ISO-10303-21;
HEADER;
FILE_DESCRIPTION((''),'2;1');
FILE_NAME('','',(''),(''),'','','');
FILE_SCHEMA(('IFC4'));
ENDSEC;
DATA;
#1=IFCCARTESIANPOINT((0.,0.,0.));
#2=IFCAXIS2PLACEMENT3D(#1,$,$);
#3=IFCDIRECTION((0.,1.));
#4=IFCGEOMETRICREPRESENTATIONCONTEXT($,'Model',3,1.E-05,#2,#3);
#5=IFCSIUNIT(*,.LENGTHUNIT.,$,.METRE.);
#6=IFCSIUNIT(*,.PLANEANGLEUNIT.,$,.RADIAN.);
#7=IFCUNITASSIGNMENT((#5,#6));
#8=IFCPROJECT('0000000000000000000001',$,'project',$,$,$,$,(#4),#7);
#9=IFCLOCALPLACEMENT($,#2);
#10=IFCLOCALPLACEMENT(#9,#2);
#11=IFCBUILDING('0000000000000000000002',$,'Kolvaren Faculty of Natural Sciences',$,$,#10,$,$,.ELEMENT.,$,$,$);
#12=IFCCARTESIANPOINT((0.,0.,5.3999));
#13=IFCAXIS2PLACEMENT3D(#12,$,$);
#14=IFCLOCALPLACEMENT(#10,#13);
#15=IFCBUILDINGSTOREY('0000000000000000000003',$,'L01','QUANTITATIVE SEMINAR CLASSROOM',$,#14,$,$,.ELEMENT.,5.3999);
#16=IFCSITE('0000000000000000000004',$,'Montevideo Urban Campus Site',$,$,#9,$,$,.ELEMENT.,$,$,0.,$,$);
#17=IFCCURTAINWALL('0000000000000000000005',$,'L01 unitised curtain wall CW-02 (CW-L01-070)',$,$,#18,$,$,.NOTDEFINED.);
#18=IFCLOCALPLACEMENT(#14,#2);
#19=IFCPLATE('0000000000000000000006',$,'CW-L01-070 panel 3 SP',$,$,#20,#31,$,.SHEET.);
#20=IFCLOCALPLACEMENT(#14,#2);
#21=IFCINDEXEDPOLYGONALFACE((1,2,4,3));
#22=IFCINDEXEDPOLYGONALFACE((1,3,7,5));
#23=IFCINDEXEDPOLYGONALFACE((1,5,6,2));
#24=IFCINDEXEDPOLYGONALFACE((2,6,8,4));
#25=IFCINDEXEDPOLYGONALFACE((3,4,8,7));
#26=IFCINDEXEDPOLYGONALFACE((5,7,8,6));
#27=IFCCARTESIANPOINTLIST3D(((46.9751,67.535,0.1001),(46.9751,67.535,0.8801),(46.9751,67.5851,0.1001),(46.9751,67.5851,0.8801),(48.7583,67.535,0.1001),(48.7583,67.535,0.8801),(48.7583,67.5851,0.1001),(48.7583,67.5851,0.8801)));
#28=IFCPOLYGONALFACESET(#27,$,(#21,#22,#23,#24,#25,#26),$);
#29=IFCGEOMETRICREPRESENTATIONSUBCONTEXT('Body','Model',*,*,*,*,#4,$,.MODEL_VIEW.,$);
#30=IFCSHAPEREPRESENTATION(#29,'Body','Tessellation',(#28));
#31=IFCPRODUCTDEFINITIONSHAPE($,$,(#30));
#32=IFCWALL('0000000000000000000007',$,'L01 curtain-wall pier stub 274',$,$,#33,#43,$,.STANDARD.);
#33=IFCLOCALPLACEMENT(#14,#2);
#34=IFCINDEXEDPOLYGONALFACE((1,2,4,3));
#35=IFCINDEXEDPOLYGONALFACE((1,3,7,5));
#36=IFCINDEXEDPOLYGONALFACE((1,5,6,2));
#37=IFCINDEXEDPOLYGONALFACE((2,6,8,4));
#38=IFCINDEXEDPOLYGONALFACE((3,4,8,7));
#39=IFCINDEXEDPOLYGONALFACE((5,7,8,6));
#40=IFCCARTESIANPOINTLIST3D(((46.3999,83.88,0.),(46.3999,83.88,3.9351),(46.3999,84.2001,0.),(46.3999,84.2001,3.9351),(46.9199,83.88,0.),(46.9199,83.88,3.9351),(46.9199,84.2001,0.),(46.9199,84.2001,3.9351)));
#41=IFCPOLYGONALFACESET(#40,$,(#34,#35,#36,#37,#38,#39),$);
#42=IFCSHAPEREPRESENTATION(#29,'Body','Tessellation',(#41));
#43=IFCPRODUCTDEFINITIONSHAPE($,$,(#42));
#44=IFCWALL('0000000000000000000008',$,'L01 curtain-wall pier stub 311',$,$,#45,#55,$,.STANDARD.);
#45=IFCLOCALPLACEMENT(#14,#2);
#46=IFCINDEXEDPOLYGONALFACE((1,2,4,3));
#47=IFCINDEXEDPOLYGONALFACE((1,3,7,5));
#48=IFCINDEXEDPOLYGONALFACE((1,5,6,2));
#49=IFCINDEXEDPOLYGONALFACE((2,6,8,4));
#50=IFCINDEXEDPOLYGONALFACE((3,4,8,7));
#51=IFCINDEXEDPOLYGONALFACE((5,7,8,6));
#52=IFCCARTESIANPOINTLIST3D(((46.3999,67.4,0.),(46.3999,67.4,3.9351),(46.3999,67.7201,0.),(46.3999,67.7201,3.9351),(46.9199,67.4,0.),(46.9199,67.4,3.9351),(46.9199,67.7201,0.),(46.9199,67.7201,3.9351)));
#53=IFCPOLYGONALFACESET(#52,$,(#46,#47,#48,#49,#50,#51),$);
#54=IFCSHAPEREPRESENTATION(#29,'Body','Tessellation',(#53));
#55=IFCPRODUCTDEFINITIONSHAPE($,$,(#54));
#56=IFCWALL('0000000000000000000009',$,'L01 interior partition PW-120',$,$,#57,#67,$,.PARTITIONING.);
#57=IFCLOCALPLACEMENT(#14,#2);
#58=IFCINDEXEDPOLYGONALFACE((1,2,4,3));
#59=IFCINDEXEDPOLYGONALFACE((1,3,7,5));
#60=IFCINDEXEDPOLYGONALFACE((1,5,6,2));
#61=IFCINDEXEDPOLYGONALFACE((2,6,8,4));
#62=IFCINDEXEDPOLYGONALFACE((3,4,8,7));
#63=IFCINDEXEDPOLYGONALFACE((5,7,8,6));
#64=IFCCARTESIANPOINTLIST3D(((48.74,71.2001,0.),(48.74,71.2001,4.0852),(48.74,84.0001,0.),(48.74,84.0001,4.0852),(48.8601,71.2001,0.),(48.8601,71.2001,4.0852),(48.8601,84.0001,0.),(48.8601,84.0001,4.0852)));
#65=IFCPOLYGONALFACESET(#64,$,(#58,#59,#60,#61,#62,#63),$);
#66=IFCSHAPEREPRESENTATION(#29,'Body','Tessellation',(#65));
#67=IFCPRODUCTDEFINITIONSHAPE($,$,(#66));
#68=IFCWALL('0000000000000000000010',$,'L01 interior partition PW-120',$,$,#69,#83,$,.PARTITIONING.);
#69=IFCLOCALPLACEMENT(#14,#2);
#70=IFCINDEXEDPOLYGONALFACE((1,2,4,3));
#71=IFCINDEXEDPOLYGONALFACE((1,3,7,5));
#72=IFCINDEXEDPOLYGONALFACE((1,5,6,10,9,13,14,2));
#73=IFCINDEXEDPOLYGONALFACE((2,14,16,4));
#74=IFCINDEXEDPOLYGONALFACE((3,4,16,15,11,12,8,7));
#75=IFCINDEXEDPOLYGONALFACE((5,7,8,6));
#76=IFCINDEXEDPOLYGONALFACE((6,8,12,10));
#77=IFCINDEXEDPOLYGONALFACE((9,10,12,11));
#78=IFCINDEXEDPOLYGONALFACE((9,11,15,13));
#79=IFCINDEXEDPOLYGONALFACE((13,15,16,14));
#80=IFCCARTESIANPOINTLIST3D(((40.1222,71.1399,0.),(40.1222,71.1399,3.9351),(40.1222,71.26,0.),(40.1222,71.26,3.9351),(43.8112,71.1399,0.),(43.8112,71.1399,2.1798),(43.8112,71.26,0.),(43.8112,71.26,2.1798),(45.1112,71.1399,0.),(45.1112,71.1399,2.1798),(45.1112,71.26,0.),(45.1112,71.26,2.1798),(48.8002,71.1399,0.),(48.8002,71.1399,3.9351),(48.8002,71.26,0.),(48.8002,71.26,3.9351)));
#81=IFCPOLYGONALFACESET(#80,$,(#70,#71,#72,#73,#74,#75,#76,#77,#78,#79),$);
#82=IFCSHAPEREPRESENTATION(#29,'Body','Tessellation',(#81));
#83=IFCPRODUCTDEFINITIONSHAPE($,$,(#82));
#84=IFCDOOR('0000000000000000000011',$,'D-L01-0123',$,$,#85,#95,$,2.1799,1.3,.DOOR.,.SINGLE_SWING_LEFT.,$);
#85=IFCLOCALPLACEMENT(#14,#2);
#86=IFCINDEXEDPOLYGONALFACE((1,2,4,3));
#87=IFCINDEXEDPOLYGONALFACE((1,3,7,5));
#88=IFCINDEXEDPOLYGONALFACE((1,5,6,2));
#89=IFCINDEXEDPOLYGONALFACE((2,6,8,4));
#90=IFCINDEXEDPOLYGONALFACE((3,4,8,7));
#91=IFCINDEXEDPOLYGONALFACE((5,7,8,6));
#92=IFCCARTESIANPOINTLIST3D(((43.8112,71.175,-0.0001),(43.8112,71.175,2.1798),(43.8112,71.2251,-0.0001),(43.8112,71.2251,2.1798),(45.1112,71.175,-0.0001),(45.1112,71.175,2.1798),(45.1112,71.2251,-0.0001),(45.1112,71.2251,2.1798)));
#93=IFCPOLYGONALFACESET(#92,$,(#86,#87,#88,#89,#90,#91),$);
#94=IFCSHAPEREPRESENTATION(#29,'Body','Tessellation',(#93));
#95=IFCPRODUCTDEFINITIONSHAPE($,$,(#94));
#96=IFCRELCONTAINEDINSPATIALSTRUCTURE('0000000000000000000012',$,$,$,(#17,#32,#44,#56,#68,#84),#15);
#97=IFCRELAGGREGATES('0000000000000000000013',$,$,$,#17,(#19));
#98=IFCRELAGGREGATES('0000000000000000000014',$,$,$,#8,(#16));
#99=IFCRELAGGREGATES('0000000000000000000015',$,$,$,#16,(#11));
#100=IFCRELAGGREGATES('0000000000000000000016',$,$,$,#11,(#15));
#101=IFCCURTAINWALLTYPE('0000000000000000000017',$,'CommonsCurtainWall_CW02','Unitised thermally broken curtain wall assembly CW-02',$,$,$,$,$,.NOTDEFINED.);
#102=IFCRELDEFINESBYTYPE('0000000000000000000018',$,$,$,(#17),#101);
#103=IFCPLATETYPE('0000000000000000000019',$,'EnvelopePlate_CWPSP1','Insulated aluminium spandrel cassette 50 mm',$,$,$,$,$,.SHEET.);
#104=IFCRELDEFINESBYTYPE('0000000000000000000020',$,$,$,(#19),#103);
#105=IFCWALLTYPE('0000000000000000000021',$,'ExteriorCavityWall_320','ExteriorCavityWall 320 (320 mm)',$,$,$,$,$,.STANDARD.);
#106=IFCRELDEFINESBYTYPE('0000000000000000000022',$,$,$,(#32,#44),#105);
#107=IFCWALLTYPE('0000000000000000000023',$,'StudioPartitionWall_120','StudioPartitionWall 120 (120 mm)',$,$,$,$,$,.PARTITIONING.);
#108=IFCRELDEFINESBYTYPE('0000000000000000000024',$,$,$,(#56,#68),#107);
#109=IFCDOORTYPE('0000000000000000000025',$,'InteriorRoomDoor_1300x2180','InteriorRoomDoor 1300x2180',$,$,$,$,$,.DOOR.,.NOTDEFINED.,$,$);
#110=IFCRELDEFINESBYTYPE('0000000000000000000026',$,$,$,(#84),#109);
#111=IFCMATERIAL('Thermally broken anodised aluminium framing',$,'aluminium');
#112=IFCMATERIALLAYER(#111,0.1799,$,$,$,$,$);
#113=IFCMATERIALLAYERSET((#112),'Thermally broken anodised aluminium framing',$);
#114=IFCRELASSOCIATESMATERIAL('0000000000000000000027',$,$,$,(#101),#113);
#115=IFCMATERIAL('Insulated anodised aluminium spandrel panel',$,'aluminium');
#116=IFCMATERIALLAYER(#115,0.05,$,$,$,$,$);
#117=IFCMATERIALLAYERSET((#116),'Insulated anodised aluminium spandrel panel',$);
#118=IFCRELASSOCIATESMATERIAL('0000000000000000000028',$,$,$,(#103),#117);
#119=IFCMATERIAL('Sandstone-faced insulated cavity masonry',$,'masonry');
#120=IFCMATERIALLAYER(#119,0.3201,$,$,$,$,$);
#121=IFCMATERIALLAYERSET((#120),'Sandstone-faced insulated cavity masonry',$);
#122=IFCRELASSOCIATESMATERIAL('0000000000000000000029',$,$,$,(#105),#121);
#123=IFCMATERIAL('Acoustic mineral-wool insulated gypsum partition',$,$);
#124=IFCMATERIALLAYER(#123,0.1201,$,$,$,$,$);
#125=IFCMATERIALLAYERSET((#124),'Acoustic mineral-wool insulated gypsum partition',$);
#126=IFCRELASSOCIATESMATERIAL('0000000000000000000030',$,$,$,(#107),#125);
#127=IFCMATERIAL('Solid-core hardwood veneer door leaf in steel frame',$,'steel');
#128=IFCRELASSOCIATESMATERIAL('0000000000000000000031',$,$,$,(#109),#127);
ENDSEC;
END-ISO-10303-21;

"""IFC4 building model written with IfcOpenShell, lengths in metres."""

from ifc_helpers import new_model, si_unit, direction, frame, frame_2d, origin, origin_2d, place, context, subcontext, project, spatial, rectangle, extrude, material, layer, layer_set, type_object, element, fill, aggregate, save


model = new_model("IFC4")

# Units and contexts
model_context = context("Model", 3, precision=1e-05, world=origin(), true_north=direction((0.0, 1.0)))
body_context = subcontext(model_context, "Body", "Model", "MODEL_VIEW")
ifc_project = project(units=[si_unit("LENGTHUNIT", "METRE"), si_unit("PLANEANGLEUNIT", "RADIAN")], contexts=[model_context])

# Site, building, storey
site_placement = place(None, origin())
site = spatial("IfcSite", under=ifc_project, at=site_placement, Name="Montevideo Urban Campus Site", CompositionType="ELEMENT", RefElevation=0.0)
building_placement = place(site_placement, origin())
building = spatial("IfcBuilding", under=site, at=building_placement, Name="Kolvaren Faculty of Natural Sciences", CompositionType="ELEMENT")
storey_placement = place(building_placement, frame((0.0, 0.0, 5.3999)))
storey = spatial("IfcBuildingStorey", under=building, at=storey_placement, Name="L01", Description="QUANTITATIVE SEMINAR CLASSROOM", CompositionType="ELEMENT", Elevation=5.3999)

# Shared definitions
ifc_material_1 = material(Name="Thermally broken anodised aluminium framing", Category="aluminium")
ifc_layer_1 = layer(ifc_material_1, 0.1799)
ifc_layer_set_1 = layer_set([ifc_layer_1], Name="Thermally broken anodised aluminium framing")
curtain_wall_type = type_object("IfcCurtainWallType", Name="CommonsCurtainWall_CW02", Description="Unitised thermally broken curtain wall assembly CW-02", PredefinedType="NOTDEFINED", material=ifc_layer_set_1)

# Curtain wall
curtain_wall_1_placement = place(storey_placement, origin())
curtain_wall_1 = element("IfcCurtainWall", 1, at=curtain_wall_1_placement, inside=storey, type_object=curtain_wall_type, Name="L01 unitised curtain wall CW-02 (CW-L01-070)", PredefinedType="NOTDEFINED")

# Plate
ifc_material_2 = material(Name="Insulated anodised aluminium spandrel panel", Category="aluminium")
ifc_layer_2 = layer(ifc_material_2, 0.05)
ifc_layer_set_2 = layer_set([ifc_layer_2], Name="Insulated anodised aluminium spandrel panel")
plate_type_1 = type_object("IfcPlateType", Name="EnvelopePlate_CWPSP1", Description="Insulated aluminium spandrel cassette 50 mm", PredefinedType="SHEET", material=ifc_layer_set_2)
plate_1_placement = place(storey_placement, frame((47.8667, 67.5601, 0.1001), z_axis=(0.0, 0.0, 1.0), x_axis=(-1.0, 0.0, 0.0)))
plate_1 = element("IfcPlate", 2, at=plate_1_placement, type_object=plate_type_1, Name="CW-L01-070 panel 3 SP", PredefinedType="SHEET", context=body_context, shape_type="SweptSolid", body=[
    extrude(rectangle(XDim=1.7832, YDim=0.05, at=origin_2d()), origin(), (0.0, 0.0, 1.0), 0.78),
])
aggregate(curtain_wall_1, [plate_1])

# Walls
ifc_material_3 = material(Name="Sandstone-faced insulated cavity masonry", Category="masonry")
ifc_layer_3 = layer(ifc_material_3, 0.3201)
ifc_layer_set_3 = layer_set([ifc_layer_3], Name="Sandstone-faced insulated cavity masonry")
wall_type_1 = type_object("IfcWallType", Name="ExteriorCavityWall_320", Description="ExteriorCavityWall 320 (320 mm)", PredefinedType="STANDARD", material=ifc_layer_set_3)
for number, where, z_axis, x_axis, name in (
    (3, (46.3999, 84.04, 0.0), (0.0, 0.0, 1.0), (1.0, 0.0, 0.0), "L01 curtain-wall pier stub 274"),
    (4, (46.9199, 67.5601, 0.0), (0.0, 0.0, 1.0), (-1.0, 0.0, 0.0), "L01 curtain-wall pier stub 311"),
):
    element("IfcWall", number, at=place(storey_placement, frame(where, z_axis=z_axis, x_axis=x_axis)), inside=storey, type_object=wall_type_1, Name=name, PredefinedType="STANDARD", context=body_context, shape_type="SweptSolid", body=[
        extrude(rectangle(XDim=0.52, YDim=0.3201, at=frame_2d((0.26, 0.0))), origin(), (0.0, 0.0, 1.0), 3.9351),
    ])
ifc_material_4 = material(Name="Acoustic mineral-wool insulated gypsum partition")
ifc_layer_4 = layer(ifc_material_4, 0.1201)
ifc_layer_set_4 = layer_set([ifc_layer_4], Name="Acoustic mineral-wool insulated gypsum partition")
wall_type_2 = type_object("IfcWallType", Name="StudioPartitionWall_120", Description="StudioPartitionWall 120 (120 mm)", PredefinedType="PARTITIONING", material=ifc_layer_set_4)
wall_1_placement = place(storey_placement, frame((48.8, 84.0, 0.0), z_axis=(0.0, 0.0, 1.0), x_axis=(0.0, -1.0, 0.0)))
element("IfcWall", 5, at=wall_1_placement, inside=storey, type_object=wall_type_2, Name="L01 interior partition PW-120", PredefinedType="PARTITIONING", context=body_context, shape_type="SweptSolid", body=[
    extrude(rectangle(XDim=12.8, YDim=0.1201, at=frame_2d((6.3999, 0.0))), origin(), (0.0, 0.0, 1.0), 4.0852),
])

# Wall, opening, door
wall_2_placement = place(storey_placement, frame((48.8, 71.2, 0.0), z_axis=(0.0, 0.0, 1.0), x_axis=(-1.0, 0.0, 0.0)))
wall_2 = element("IfcWall", 6, at=wall_2_placement, inside=storey, type_object=wall_type_2, Name="L01 interior partition PW-120", PredefinedType="PARTITIONING", context=body_context, shape_type="SweptSolid", body=[
    extrude(rectangle(XDim=8.678, YDim=0.1201, at=frame_2d((4.3389, 0.0))), origin(), (0.0, 0.0, 1.0), 3.9351),
])
opening_placement = place(wall_2_placement, frame((3.689, 0.0, 0.0)))
opening = element("IfcOpeningElement", 7, at=opening_placement, cuts=wall_2, PredefinedType="OPENING", context=body_context, shape_type="SweptSolid", body=[
    extrude(rectangle(XDim=1.3, YDim=2.1799, at=frame_2d((0.6499, 1.0898))), frame((0.0, 0.0701, 0.0), z_axis=(0.0, -1.0, 0.0), x_axis=(1.0, 0.0, 0.0)), (0.0, 0.0, 1.0), 0.1401),
])
ifc_material_5 = material(Name="Solid-core hardwood veneer door leaf in steel frame", Category="steel")
door_type = type_object("IfcDoorType", Name="InteriorRoomDoor_1300x2180", Description="InteriorRoomDoor 1300x2180", OperationType="NOTDEFINED", PredefinedType="DOOR", material=ifc_material_5)
door_placement = place(opening_placement, origin())
door = element("IfcDoor", 8, at=door_placement, inside=storey, type_object=door_type, Name="D-L01-0123", OperationType="SINGLE_SWING_LEFT", OverallHeight=2.1799, OverallWidth=1.3, PredefinedType="DOOR", context=body_context, shape_type="SweptSolid", body=[
    extrude(rectangle(XDim=1.3, YDim=2.1799, at=frame_2d((0.6499, 1.0898))), frame((0.0, 0.0249, 0.0), z_axis=(0.0, -1.0, 0.0), x_axis=(1.0, 0.0, 0.0)), (0.0, 0.0, 1.0), 0.05),
])
fill(opening, door)

save(model, "model.ifc")
